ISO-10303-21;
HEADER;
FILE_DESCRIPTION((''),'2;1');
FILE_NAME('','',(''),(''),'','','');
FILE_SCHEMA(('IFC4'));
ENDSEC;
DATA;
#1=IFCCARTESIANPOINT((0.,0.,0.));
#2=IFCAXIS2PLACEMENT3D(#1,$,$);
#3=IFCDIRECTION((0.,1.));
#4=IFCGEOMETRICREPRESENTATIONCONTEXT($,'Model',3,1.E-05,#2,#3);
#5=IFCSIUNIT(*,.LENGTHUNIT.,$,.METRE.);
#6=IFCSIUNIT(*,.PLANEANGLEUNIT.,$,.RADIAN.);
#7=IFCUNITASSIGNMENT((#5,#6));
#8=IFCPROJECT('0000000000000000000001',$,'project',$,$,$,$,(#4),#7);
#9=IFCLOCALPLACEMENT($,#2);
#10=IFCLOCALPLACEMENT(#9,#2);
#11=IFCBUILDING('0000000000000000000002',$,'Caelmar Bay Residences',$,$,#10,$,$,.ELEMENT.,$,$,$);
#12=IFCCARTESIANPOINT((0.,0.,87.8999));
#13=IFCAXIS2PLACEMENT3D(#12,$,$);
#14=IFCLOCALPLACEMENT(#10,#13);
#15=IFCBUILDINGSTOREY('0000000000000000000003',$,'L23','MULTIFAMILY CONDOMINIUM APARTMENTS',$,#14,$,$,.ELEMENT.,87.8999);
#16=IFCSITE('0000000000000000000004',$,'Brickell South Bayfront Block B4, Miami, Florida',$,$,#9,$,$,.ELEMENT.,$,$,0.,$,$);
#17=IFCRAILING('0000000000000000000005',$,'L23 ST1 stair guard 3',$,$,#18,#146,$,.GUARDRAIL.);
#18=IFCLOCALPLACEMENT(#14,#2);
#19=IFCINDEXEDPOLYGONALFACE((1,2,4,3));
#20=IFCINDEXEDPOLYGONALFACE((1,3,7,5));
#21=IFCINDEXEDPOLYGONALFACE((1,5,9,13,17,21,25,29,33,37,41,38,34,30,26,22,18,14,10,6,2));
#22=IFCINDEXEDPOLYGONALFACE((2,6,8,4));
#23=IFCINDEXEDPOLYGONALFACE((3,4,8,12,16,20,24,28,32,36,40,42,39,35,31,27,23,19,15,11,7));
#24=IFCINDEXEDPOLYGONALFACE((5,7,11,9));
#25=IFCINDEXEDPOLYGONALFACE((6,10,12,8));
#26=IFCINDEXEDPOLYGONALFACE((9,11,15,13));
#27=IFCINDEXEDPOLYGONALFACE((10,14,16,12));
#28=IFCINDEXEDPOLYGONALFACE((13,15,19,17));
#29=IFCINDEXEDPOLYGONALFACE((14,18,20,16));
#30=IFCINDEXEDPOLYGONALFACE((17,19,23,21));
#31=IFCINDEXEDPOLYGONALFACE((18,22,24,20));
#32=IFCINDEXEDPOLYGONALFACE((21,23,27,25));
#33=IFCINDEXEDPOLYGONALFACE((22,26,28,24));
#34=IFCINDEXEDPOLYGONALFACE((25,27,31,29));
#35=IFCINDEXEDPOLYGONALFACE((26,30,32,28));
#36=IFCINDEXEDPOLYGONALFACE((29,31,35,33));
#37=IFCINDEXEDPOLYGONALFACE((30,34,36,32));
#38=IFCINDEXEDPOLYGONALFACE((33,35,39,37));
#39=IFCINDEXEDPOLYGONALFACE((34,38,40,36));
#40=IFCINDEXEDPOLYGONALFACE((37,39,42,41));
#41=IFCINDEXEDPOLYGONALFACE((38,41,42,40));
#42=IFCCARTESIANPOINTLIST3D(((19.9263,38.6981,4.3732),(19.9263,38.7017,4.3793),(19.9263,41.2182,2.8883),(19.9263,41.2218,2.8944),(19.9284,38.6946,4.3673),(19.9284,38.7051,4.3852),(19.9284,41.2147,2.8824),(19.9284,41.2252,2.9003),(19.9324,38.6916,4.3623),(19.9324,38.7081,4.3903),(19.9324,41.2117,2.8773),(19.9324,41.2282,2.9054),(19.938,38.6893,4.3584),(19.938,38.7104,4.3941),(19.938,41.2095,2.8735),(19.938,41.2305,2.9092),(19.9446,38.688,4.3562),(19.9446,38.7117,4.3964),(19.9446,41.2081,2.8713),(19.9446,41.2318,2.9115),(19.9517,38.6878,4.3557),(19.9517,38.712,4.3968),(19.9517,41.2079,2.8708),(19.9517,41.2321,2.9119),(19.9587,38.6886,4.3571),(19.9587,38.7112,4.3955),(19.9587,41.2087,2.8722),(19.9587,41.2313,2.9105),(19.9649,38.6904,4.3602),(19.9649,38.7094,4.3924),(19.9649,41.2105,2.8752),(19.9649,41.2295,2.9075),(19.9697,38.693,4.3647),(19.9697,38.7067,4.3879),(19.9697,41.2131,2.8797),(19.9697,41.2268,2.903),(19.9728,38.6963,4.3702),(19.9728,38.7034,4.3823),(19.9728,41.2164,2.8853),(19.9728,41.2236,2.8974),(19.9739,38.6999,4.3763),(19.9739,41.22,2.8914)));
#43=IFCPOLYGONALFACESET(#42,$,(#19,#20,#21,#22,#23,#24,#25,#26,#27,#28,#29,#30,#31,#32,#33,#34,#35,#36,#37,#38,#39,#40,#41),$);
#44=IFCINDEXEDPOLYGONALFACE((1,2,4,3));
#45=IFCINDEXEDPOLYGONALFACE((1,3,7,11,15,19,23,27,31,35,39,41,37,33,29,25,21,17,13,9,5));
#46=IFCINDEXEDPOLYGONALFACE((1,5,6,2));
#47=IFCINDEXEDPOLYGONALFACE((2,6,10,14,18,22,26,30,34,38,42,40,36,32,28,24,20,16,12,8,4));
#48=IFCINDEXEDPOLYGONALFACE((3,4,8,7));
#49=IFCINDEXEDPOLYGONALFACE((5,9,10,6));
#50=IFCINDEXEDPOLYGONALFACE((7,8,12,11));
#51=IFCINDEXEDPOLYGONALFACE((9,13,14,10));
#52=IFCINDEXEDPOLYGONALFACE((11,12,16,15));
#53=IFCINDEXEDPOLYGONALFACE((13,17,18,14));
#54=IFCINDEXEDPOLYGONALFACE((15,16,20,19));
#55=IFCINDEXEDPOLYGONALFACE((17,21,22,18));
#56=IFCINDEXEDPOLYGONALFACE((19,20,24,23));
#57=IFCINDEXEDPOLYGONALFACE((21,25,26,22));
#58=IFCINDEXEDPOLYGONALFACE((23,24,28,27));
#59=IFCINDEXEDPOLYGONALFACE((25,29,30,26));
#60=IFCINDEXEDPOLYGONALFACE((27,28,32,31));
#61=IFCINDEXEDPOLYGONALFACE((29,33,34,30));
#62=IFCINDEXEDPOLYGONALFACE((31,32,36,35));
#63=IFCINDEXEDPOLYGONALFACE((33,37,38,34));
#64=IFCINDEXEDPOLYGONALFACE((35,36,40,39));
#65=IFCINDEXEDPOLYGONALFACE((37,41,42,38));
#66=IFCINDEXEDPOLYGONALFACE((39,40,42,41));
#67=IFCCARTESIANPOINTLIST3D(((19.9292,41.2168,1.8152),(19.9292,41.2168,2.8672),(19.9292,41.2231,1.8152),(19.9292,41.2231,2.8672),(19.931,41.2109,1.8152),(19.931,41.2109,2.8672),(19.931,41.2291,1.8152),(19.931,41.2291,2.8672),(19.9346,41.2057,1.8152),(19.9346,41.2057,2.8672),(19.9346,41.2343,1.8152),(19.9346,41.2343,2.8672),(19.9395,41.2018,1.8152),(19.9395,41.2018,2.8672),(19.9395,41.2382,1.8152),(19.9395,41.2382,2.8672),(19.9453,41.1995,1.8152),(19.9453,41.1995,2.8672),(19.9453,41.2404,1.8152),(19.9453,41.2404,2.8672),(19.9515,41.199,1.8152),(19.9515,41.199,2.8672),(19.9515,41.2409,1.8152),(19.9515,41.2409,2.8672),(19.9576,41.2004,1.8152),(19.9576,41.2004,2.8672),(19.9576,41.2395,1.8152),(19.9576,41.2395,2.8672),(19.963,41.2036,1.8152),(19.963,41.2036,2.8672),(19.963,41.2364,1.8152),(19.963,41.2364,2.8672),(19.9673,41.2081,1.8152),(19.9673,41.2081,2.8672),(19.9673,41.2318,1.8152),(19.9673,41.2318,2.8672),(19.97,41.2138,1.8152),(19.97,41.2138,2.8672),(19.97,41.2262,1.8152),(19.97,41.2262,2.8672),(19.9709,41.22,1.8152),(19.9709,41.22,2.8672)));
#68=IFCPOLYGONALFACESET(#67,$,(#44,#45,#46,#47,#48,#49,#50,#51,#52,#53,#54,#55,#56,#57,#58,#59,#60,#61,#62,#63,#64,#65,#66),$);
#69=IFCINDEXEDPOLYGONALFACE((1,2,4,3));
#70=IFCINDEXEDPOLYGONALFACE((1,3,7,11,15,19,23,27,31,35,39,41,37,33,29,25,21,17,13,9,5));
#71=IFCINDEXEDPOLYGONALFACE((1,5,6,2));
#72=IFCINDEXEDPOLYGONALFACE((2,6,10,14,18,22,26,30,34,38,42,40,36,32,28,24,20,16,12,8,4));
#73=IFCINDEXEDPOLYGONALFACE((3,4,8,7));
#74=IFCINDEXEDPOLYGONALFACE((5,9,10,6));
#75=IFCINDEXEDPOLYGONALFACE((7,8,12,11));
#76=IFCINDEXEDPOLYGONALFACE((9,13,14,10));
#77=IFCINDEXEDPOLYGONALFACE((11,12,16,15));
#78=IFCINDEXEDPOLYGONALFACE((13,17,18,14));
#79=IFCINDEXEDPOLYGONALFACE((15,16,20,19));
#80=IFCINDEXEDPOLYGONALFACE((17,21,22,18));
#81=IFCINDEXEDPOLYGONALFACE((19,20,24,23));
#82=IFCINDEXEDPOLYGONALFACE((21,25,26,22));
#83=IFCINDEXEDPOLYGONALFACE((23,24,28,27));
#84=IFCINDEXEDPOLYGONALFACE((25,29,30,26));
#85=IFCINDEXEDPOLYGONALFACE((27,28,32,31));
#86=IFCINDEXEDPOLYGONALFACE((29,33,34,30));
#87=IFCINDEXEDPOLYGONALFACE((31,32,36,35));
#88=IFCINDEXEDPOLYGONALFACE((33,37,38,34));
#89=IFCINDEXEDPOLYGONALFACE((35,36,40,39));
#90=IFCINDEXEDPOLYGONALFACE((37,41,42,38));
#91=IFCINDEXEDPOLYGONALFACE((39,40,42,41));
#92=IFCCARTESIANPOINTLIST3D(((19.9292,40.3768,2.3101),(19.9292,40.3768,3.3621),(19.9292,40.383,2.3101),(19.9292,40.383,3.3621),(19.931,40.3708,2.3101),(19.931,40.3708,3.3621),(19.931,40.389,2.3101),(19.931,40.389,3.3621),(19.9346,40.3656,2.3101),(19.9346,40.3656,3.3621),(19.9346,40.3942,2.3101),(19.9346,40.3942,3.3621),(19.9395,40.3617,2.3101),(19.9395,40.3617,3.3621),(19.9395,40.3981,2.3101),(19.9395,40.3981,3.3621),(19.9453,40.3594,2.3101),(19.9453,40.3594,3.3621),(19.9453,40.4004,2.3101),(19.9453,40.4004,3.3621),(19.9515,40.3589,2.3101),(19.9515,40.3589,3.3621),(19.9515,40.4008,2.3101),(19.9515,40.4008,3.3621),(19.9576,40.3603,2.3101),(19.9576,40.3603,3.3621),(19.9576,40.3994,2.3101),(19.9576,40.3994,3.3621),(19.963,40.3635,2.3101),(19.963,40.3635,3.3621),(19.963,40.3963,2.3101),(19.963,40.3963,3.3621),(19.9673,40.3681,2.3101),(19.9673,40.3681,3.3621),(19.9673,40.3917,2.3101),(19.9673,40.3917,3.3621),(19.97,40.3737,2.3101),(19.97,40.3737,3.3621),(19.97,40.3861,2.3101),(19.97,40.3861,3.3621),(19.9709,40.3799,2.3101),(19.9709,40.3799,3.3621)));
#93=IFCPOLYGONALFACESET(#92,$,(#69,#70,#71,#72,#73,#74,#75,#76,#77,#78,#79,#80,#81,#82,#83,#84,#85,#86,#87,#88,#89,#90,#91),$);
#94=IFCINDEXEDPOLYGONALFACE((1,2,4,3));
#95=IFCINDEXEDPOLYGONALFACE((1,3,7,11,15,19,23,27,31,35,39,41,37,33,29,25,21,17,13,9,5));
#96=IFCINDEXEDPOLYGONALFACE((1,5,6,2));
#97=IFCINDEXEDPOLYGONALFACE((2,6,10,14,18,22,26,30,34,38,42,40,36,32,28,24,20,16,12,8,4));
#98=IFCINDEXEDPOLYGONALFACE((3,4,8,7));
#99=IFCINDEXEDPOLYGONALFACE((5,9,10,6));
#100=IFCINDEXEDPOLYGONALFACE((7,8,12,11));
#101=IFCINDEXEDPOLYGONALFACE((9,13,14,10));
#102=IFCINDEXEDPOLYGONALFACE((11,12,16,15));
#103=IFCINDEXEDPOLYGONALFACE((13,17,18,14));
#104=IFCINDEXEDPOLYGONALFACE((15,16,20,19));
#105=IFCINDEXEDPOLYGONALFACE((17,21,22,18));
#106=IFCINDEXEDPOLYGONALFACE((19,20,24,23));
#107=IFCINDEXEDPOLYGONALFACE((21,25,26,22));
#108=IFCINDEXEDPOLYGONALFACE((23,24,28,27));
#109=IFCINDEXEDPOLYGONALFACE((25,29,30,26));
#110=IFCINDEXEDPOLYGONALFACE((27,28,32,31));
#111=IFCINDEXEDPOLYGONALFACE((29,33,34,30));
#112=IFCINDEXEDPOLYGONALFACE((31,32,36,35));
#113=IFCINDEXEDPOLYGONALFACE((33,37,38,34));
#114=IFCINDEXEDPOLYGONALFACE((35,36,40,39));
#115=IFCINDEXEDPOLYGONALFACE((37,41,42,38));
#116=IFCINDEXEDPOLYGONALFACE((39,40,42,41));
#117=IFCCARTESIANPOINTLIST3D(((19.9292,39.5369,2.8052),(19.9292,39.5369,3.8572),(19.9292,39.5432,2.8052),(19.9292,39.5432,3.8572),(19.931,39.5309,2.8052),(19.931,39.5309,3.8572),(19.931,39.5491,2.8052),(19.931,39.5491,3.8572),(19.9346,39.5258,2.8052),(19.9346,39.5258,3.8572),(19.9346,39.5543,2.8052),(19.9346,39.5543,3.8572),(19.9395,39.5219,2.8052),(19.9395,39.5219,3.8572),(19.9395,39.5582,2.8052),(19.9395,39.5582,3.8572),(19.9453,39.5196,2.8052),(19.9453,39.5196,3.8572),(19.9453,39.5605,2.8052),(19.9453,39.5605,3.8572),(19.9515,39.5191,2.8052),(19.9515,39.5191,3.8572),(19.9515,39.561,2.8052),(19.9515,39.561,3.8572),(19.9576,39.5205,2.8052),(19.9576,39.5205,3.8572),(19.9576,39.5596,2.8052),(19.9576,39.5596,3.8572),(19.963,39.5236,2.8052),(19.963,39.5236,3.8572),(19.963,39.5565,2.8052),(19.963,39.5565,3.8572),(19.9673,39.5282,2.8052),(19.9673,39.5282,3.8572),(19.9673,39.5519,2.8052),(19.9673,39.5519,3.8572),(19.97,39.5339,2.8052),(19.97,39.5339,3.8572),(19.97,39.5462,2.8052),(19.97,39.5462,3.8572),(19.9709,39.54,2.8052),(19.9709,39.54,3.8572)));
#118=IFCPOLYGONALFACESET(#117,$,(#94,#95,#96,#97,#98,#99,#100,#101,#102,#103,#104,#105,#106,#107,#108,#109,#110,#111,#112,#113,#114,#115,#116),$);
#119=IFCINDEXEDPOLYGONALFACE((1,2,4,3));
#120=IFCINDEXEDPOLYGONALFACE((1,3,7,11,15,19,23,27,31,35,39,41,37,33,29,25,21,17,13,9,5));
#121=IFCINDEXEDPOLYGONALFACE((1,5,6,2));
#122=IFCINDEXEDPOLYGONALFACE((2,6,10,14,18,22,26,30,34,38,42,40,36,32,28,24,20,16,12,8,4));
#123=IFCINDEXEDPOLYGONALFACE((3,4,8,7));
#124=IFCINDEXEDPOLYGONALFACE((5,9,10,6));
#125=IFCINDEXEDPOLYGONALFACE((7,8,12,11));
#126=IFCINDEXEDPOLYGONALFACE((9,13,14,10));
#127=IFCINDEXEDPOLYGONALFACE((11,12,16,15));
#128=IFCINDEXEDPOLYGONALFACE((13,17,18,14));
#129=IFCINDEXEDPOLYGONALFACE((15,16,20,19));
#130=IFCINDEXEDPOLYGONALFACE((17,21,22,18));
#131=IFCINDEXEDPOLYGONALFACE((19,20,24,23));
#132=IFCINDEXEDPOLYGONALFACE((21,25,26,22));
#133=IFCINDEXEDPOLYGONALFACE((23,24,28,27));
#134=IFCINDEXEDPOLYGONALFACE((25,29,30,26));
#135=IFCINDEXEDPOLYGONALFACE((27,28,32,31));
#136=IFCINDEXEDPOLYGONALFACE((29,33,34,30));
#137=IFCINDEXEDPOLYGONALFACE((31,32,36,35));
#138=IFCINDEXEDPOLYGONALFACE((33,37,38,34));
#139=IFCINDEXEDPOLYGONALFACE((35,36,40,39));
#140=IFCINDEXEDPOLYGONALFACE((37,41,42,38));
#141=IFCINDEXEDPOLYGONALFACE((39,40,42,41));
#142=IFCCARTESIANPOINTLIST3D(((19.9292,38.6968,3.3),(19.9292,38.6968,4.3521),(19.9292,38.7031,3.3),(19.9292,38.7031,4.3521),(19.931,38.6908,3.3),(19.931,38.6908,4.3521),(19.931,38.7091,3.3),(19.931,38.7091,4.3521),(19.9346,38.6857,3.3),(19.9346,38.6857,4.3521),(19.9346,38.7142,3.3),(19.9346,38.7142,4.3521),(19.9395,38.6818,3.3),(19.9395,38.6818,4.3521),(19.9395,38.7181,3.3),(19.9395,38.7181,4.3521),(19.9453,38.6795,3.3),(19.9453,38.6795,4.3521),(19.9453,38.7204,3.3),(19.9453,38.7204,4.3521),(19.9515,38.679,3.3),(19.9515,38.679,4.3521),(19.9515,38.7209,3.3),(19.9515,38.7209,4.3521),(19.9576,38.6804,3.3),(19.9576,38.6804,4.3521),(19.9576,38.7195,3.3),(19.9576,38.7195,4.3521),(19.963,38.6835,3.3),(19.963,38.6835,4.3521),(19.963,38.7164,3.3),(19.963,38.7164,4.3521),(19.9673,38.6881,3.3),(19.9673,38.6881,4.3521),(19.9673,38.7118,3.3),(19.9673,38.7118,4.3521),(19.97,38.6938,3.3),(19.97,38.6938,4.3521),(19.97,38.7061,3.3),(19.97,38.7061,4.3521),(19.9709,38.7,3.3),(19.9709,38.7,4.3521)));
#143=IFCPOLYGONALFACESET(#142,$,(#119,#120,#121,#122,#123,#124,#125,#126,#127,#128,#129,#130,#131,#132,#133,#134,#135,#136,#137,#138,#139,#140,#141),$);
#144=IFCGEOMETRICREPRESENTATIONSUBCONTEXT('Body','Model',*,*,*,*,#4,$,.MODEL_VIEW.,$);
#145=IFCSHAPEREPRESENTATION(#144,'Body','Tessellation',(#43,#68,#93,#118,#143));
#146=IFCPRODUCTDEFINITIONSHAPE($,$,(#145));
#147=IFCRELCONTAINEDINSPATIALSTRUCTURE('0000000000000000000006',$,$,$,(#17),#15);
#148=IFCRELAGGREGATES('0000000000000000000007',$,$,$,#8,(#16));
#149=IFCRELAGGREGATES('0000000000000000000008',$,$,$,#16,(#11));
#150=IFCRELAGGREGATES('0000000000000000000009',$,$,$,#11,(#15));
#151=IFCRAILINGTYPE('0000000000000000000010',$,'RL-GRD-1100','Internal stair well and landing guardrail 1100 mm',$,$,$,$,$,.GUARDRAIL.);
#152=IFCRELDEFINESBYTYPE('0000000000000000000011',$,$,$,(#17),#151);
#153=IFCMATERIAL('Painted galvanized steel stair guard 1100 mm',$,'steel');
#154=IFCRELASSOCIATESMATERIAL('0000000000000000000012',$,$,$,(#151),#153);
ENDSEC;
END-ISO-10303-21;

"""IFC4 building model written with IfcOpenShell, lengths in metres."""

from ifc_helpers import new_model, si_unit, direction, frame, origin, origin_2d, place, context, subcontext, project, spatial, circle, extrude, material, type_object, element, save


model = new_model("IFC4")

# Units and contexts
model_context = context("Model", 3, precision=1e-05, world=origin(), true_north=direction((0.0, 1.0)))
body_context = subcontext(model_context, "Body", "Model", "MODEL_VIEW")
ifc_project = project(units=[si_unit("LENGTHUNIT", "METRE"), si_unit("PLANEANGLEUNIT", "RADIAN")], contexts=[model_context])

# Site, building, storey
site_placement = place(None, origin())
site = spatial("IfcSite", under=ifc_project, at=site_placement, Name="Brickell South Bayfront Block B4, Miami, Florida", CompositionType="ELEMENT", RefElevation=0.0)
building_placement = place(site_placement, origin())
building = spatial("IfcBuilding", under=site, at=building_placement, Name="Caelmar Bay Residences", CompositionType="ELEMENT")
storey_placement = place(building_placement, frame((0.0, 0.0, 87.8999)))
storey = spatial("IfcBuildingStorey", under=building, at=storey_placement, Name="L23", Description="MULTIFAMILY CONDOMINIUM APARTMENTS", CompositionType="ELEMENT", Elevation=87.8999)

# Railing
ifc_material_1 = material(Name="Painted galvanized steel stair guard 1100 mm", Category="steel")
railing_type_1 = type_object("IfcRailingType", Name="RL-GRD-1100", Description="Internal stair well and landing guardrail 1100 mm", PredefinedType="GUARDRAIL", material=ifc_material_1)
railing_1_placement = place(storey_placement, frame((19.95, 41.22, 1.8152)))
element("IfcRailing", 1, at=railing_1_placement, inside=storey, type_object=railing_type_1, Name="L23 ST1 stair guard 3", PredefinedType="GUARDRAIL", context=body_context, shape_type="SweptSolid", body=[
    extrude(circle(Radius=0.0239, at=origin_2d()), frame((0.0, 0.0, 1.0762), z_axis=(0.0, -0.861561, 0.507655), x_axis=(1.0, 0.0, 0.0)), (0.0, 0.0, 1.0), 2.925),
    extrude(circle(Radius=0.021, at=origin_2d()), origin(), (0.0, 0.0, 1.0), 1.052),
    extrude(circle(Radius=0.021, at=origin_2d()), frame((0.0, -0.8401, 0.4949)), (0.0, 0.0, 1.0), 1.052),
    extrude(circle(Radius=0.021, at=origin_2d()), frame((0.0, -1.6799, 0.99)), (0.0, 0.0, 1.0), 1.052),
    extrude(circle(Radius=0.021, at=origin_2d()), frame((0.0, -2.52, 1.4849)), (0.0, 0.0, 1.0), 1.052),
])

save(model, "model.ifc")
